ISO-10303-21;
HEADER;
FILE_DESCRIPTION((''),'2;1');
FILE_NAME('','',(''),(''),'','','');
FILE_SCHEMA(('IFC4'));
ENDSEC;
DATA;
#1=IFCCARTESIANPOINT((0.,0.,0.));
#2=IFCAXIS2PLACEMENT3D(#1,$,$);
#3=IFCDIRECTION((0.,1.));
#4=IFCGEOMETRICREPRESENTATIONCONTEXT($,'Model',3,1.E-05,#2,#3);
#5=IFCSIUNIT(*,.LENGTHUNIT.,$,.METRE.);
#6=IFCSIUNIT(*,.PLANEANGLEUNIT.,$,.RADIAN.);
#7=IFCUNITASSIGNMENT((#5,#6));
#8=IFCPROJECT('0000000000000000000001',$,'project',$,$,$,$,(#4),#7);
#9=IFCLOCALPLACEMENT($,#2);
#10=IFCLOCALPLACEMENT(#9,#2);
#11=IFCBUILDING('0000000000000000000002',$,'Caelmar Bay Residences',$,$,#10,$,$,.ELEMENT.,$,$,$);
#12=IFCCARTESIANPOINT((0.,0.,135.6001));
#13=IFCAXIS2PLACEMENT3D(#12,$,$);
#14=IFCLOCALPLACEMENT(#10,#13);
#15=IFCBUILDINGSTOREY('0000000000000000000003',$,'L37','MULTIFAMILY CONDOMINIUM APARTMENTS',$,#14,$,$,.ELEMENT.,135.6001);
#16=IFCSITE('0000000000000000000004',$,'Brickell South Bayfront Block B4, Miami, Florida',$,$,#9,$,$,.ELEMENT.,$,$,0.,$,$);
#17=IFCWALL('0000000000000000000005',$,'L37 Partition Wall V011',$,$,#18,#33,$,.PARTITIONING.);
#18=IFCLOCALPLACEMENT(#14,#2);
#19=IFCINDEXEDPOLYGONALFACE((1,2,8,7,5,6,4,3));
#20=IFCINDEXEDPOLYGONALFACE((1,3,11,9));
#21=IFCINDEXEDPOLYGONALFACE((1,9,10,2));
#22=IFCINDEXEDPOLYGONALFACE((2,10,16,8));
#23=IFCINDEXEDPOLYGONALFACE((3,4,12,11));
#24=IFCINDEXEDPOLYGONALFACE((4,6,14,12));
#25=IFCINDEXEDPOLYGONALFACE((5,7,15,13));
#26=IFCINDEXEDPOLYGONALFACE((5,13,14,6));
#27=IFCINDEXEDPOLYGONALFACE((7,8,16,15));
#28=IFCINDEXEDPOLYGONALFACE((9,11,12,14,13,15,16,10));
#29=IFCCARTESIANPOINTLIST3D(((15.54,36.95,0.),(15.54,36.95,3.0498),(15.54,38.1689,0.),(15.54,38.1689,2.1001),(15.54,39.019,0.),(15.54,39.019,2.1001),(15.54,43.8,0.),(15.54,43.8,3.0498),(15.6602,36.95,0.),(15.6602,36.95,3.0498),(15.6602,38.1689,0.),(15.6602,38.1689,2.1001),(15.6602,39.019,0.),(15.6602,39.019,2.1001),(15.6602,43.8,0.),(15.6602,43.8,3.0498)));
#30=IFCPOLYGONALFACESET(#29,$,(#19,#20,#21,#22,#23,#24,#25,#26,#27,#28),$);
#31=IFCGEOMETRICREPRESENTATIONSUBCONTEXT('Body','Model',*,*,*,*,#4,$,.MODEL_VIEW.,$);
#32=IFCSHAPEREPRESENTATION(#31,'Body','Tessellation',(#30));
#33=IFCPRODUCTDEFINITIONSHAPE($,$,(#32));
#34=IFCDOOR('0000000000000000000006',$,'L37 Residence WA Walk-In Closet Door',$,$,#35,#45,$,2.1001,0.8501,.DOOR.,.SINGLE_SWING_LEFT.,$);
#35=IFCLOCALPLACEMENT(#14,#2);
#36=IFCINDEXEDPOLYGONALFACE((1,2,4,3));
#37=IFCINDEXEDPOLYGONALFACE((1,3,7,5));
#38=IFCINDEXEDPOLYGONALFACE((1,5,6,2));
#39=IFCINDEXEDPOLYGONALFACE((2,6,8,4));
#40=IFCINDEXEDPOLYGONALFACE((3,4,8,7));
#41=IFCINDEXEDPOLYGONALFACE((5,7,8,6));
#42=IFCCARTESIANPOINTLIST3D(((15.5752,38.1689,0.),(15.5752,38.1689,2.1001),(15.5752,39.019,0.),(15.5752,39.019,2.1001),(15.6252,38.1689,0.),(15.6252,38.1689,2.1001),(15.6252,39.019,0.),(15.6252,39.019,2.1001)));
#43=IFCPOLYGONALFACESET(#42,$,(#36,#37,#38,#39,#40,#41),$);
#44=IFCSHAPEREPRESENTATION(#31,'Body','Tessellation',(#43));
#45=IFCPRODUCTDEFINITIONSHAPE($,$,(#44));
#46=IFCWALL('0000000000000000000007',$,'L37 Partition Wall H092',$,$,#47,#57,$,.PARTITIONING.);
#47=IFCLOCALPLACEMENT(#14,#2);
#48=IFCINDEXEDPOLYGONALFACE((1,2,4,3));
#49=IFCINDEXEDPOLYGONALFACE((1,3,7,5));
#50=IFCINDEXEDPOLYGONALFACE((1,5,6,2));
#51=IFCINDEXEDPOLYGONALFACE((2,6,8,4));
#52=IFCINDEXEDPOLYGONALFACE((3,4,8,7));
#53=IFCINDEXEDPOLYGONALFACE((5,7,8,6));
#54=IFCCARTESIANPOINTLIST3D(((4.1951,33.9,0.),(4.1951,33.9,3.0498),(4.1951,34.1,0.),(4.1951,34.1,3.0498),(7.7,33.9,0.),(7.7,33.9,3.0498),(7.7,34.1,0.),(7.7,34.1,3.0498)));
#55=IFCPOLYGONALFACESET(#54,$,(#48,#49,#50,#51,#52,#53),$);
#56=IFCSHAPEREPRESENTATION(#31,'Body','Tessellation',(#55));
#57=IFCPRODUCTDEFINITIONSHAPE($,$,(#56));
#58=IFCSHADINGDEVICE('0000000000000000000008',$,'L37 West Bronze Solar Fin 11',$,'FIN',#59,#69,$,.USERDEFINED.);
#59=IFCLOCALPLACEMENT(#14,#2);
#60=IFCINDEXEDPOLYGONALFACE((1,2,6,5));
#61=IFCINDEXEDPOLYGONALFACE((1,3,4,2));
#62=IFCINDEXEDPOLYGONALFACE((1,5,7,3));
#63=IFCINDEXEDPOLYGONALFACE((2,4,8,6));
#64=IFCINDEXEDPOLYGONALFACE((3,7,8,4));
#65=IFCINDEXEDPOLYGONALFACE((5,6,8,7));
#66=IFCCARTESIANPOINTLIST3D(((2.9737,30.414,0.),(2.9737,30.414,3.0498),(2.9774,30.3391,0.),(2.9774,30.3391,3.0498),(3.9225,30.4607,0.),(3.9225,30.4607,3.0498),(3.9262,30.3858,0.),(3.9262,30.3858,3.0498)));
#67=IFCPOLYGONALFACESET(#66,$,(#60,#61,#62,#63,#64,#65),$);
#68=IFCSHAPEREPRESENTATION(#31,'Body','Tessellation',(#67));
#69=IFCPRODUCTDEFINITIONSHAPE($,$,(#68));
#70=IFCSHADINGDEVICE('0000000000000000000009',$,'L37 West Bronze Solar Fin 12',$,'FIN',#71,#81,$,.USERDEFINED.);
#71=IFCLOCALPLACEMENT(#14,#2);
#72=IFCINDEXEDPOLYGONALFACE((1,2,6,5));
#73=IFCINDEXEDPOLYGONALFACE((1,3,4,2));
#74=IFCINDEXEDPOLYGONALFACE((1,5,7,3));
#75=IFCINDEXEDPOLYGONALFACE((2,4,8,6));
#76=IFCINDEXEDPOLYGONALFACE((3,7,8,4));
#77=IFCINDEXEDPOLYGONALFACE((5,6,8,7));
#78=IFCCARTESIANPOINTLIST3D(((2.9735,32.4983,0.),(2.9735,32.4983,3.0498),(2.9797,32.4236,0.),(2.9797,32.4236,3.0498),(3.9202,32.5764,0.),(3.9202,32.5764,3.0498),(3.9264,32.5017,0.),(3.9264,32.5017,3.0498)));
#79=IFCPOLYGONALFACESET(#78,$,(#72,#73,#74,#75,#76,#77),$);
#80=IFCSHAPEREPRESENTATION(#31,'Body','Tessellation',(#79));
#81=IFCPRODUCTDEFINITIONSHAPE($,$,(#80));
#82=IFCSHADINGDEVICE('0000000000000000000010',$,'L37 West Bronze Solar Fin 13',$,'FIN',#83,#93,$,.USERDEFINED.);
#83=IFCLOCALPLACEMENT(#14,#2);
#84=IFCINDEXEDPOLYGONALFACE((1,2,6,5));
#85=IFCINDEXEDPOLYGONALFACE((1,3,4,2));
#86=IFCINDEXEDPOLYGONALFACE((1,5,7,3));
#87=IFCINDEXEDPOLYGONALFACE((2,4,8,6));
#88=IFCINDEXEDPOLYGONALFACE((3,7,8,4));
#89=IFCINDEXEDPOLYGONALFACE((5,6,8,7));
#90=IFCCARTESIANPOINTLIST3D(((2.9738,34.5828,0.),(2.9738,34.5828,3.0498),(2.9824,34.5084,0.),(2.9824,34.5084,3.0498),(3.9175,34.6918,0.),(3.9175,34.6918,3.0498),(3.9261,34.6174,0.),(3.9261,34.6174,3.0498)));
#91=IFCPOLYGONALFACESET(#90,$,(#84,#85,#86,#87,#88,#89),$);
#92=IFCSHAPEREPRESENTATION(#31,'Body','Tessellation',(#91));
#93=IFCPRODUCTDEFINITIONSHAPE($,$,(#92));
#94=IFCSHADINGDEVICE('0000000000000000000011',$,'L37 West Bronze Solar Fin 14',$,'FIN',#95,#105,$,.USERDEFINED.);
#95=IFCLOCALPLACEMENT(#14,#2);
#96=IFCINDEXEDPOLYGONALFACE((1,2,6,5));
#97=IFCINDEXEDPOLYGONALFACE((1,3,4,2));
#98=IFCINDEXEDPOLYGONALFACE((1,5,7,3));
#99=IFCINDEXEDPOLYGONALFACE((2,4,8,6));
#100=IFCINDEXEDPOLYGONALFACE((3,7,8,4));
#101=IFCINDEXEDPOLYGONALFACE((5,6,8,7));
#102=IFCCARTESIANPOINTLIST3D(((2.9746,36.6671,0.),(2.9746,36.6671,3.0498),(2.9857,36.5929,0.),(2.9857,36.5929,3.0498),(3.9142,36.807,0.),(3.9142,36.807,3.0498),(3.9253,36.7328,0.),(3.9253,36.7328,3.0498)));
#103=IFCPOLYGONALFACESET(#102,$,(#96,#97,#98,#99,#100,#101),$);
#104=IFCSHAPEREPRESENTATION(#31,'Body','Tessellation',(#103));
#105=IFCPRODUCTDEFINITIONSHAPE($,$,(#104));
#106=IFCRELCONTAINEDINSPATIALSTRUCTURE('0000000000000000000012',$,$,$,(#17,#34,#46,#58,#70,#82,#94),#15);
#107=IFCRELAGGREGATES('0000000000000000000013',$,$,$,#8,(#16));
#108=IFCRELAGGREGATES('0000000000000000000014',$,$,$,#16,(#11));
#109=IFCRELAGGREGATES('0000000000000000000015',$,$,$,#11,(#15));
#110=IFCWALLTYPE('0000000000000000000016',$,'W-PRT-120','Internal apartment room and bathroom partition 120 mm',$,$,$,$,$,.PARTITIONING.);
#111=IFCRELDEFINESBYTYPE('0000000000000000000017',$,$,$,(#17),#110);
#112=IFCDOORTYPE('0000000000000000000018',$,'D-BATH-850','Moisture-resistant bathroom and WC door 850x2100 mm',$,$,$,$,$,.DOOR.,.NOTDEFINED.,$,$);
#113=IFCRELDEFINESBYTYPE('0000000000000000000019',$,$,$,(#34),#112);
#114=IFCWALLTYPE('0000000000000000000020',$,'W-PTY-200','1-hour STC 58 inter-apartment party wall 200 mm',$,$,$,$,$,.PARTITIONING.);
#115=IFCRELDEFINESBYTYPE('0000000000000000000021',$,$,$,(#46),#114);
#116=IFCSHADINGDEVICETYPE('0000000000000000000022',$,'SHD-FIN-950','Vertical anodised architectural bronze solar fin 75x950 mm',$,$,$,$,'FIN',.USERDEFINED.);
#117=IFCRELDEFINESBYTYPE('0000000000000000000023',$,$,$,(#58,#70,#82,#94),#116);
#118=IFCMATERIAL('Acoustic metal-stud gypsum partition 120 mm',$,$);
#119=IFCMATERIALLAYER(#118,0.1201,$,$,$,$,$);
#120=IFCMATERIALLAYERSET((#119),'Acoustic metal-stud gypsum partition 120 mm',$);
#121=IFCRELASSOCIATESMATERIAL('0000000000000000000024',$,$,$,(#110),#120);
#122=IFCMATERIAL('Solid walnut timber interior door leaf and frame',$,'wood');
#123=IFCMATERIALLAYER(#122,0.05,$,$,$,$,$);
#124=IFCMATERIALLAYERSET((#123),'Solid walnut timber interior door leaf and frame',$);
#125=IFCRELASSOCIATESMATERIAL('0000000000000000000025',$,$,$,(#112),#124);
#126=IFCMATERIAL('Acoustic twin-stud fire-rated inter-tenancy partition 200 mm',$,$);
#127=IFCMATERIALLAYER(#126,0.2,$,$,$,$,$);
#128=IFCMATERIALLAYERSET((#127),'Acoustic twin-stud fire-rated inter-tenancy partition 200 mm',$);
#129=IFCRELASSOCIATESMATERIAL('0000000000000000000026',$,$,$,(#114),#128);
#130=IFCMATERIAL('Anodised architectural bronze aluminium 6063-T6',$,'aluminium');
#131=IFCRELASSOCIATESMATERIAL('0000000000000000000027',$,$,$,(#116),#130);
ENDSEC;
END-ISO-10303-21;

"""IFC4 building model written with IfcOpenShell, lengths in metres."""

from ifc_helpers import new_model, si_unit, direction, frame, frame_2d, origin, origin_2d, place, context, subcontext, project, spatial, rectangle, extrude, material, layer, layer_set, material_profile, profile_set, type_object, element, fill, save


model = new_model("IFC4")

# Units and contexts
model_context = context("Model", 3, precision=1e-05, world=origin(), true_north=direction((0.0, 1.0)))
body_context = subcontext(model_context, "Body", "Model", "MODEL_VIEW")
ifc_project = project(units=[si_unit("LENGTHUNIT", "METRE"), si_unit("PLANEANGLEUNIT", "RADIAN")], contexts=[model_context])

# Site, building, storey
site_placement = place(None, origin())
site = spatial("IfcSite", under=ifc_project, at=site_placement, Name="Brickell South Bayfront Block B4, Miami, Florida", CompositionType="ELEMENT", RefElevation=0.0)
building_placement = place(site_placement, origin())
building = spatial("IfcBuilding", under=site, at=building_placement, Name="Caelmar Bay Residences", CompositionType="ELEMENT")
storey_placement = place(building_placement, frame((0.0, 0.0, 135.6001)))
storey = spatial("IfcBuildingStorey", under=building, at=storey_placement, Name="L37", Description="MULTIFAMILY CONDOMINIUM APARTMENTS", CompositionType="ELEMENT", Elevation=135.6001)

# Wall, opening, door
ifc_material_1 = material(Name="Acoustic metal-stud gypsum partition 120 mm")
ifc_layer_1 = layer(ifc_material_1, 0.1201)
ifc_layer_set_1 = layer_set([ifc_layer_1], Name="Acoustic metal-stud gypsum partition 120 mm")
wall_type_1 = type_object("IfcWallType", Name="W-PRT-120", Description="Internal apartment room and bathroom partition 120 mm", PredefinedType="PARTITIONING", material=ifc_layer_set_1)
ifc_material_2 = material(Name="Solid walnut timber interior door leaf and frame", Category="wood")
wall_1_placement = place(storey_placement, frame((15.6001, 36.95, 0.0), z_axis=(0.0, 0.0, 1.0), x_axis=(0.0, 1.0, 0.0)))
wall_1 = element("IfcWall", 1, at=wall_1_placement, inside=storey, type_object=wall_type_1, Name="L37 Partition Wall V011", PredefinedType="PARTITIONING", context=body_context, shape_type="SweptSolid", body=[
    extrude(rectangle(XDim=6.8501, YDim=0.1201, at=frame_2d((3.425, 0.0))), origin(), (0.0, 0.0, 1.0), 3.0498),
])
opening_1_placement = place(wall_1_placement, frame((1.219, 0.0, 0.0)))
opening_1 = element("IfcOpeningElement", 2, at=opening_1_placement, cuts=wall_1, PredefinedType="OPENING", context=body_context, shape_type="SweptSolid", body=[
    extrude(rectangle(XDim=0.8501, YDim=2.1001, at=frame_2d((0.425, 1.05))), frame((0.0, 0.0701, 0.0), z_axis=(0.0, -1.0, 0.0), x_axis=(1.0, 0.0, 0.0)), (0.0, 0.0, 1.0), 0.1401),
])
ifc_layer_2 = layer(ifc_material_2, 0.05)
ifc_layer_set_2 = layer_set([ifc_layer_2], Name="Solid walnut timber interior door leaf and frame")
door_type_1 = type_object("IfcDoorType", Name="D-BATH-850", Description="Moisture-resistant bathroom and WC door 850x2100 mm", OperationType="NOTDEFINED", PredefinedType="DOOR", material=ifc_layer_set_2)
door_1_placement = place(opening_1_placement, origin())
door_1 = element("IfcDoor", 3, at=door_1_placement, inside=storey, type_object=door_type_1, Name="L37 Residence WA Walk-In Closet Door", OperationType="SINGLE_SWING_LEFT", OverallHeight=2.1001, OverallWidth=0.8501, PredefinedType="DOOR", context=body_context, shape_type="SweptSolid", body=[
    extrude(rectangle(XDim=0.8501, YDim=2.1001, at=frame_2d((0.425, 1.05))), frame((0.0, 0.0249, 0.0), z_axis=(0.0, -1.0, 0.0), x_axis=(1.0, 0.0, 0.0)), (0.0, 0.0, 1.0), 0.05),
])
fill(opening_1, door_1)

# Wall
ifc_material_3 = material(Name="Acoustic twin-stud fire-rated inter-tenancy partition 200 mm")
ifc_layer_3 = layer(ifc_material_3, 0.2)
ifc_layer_set_3 = layer_set([ifc_layer_3], Name="Acoustic twin-stud fire-rated inter-tenancy partition 200 mm")
wall_type_2 = type_object("IfcWallType", Name="W-PTY-200", Description="1-hour STC 58 inter-apartment party wall 200 mm", PredefinedType="PARTITIONING", material=ifc_layer_set_3)
wall_2_placement = place(storey_placement, frame((4.1951, 34.0, 0.0), z_axis=(0.0, 0.0, 1.0), x_axis=(1.0, 0.0, 0.0)))
element("IfcWall", 4, at=wall_2_placement, inside=storey, type_object=wall_type_2, Name="L37 Partition Wall H092", PredefinedType="PARTITIONING", context=body_context, shape_type="SweptSolid", body=[
    extrude(rectangle(XDim=3.5049, YDim=0.2, at=frame_2d((1.7524, 0.0))), origin(), (0.0, 0.0, 1.0), 3.0498),
])

# Shading devices
ifc_material_4 = material(Name="Anodised architectural bronze aluminium 6063-T6", Category="aluminium")
ifc_material_profile_1 = material_profile(ifc_material_4, rectangle(XDim=0.075, YDim=0.95, at=origin_2d()), Name="BRONZE-FIN-75X950")
ifc_profile_set_1 = profile_set([ifc_material_profile_1], Name="Anodised architectural bronze aluminium 6063-T6")
shading_device_type = type_object("IfcShadingDeviceType", Name="SHD-FIN-950", Description="Vertical anodised architectural bronze solar fin 75x950 mm", ElementType="FIN", PredefinedType="USERDEFINED", material=ifc_profile_set_1)
for number, where, z_axis, x_axis, name in (
    (5, (3.45, 30.3999, 0.0), (0.0, 0.0, 1.0), (-0.049198, 0.998789, 0.0), "L37 West Bronze Solar Fin 11"),
    (6, (3.45, 32.5, 0.0), (0.0, 0.0, 1.0), (-0.082112, 0.996623, 0.0), "L37 West Bronze Solar Fin 12"),
    (7, (3.45, 34.6001, 0.0), (0.0, 0.0, 1.0), (-0.114764, 0.993393, 0.0), "L37 West Bronze Solar Fin 13"),
    (8, (3.45, 36.7, 0.0), (0.0, 0.0, 1.0), (-0.147292, 0.989093, 0.0), "L37 West Bronze Solar Fin 14"),
):
    element("IfcShadingDevice", number, at=place(storey_placement, frame(where, z_axis=z_axis, x_axis=x_axis)), inside=storey, type_object=shading_device_type, Name=name, ObjectType="FIN", PredefinedType="USERDEFINED", context=body_context, shape_type="SweptSolid", body=[
        extrude(rectangle(XDim=0.075, YDim=0.95, at=origin_2d()), origin(), (0.0, 0.0, 1.0), 3.0498),
    ])

save(model, "model.ifc")
